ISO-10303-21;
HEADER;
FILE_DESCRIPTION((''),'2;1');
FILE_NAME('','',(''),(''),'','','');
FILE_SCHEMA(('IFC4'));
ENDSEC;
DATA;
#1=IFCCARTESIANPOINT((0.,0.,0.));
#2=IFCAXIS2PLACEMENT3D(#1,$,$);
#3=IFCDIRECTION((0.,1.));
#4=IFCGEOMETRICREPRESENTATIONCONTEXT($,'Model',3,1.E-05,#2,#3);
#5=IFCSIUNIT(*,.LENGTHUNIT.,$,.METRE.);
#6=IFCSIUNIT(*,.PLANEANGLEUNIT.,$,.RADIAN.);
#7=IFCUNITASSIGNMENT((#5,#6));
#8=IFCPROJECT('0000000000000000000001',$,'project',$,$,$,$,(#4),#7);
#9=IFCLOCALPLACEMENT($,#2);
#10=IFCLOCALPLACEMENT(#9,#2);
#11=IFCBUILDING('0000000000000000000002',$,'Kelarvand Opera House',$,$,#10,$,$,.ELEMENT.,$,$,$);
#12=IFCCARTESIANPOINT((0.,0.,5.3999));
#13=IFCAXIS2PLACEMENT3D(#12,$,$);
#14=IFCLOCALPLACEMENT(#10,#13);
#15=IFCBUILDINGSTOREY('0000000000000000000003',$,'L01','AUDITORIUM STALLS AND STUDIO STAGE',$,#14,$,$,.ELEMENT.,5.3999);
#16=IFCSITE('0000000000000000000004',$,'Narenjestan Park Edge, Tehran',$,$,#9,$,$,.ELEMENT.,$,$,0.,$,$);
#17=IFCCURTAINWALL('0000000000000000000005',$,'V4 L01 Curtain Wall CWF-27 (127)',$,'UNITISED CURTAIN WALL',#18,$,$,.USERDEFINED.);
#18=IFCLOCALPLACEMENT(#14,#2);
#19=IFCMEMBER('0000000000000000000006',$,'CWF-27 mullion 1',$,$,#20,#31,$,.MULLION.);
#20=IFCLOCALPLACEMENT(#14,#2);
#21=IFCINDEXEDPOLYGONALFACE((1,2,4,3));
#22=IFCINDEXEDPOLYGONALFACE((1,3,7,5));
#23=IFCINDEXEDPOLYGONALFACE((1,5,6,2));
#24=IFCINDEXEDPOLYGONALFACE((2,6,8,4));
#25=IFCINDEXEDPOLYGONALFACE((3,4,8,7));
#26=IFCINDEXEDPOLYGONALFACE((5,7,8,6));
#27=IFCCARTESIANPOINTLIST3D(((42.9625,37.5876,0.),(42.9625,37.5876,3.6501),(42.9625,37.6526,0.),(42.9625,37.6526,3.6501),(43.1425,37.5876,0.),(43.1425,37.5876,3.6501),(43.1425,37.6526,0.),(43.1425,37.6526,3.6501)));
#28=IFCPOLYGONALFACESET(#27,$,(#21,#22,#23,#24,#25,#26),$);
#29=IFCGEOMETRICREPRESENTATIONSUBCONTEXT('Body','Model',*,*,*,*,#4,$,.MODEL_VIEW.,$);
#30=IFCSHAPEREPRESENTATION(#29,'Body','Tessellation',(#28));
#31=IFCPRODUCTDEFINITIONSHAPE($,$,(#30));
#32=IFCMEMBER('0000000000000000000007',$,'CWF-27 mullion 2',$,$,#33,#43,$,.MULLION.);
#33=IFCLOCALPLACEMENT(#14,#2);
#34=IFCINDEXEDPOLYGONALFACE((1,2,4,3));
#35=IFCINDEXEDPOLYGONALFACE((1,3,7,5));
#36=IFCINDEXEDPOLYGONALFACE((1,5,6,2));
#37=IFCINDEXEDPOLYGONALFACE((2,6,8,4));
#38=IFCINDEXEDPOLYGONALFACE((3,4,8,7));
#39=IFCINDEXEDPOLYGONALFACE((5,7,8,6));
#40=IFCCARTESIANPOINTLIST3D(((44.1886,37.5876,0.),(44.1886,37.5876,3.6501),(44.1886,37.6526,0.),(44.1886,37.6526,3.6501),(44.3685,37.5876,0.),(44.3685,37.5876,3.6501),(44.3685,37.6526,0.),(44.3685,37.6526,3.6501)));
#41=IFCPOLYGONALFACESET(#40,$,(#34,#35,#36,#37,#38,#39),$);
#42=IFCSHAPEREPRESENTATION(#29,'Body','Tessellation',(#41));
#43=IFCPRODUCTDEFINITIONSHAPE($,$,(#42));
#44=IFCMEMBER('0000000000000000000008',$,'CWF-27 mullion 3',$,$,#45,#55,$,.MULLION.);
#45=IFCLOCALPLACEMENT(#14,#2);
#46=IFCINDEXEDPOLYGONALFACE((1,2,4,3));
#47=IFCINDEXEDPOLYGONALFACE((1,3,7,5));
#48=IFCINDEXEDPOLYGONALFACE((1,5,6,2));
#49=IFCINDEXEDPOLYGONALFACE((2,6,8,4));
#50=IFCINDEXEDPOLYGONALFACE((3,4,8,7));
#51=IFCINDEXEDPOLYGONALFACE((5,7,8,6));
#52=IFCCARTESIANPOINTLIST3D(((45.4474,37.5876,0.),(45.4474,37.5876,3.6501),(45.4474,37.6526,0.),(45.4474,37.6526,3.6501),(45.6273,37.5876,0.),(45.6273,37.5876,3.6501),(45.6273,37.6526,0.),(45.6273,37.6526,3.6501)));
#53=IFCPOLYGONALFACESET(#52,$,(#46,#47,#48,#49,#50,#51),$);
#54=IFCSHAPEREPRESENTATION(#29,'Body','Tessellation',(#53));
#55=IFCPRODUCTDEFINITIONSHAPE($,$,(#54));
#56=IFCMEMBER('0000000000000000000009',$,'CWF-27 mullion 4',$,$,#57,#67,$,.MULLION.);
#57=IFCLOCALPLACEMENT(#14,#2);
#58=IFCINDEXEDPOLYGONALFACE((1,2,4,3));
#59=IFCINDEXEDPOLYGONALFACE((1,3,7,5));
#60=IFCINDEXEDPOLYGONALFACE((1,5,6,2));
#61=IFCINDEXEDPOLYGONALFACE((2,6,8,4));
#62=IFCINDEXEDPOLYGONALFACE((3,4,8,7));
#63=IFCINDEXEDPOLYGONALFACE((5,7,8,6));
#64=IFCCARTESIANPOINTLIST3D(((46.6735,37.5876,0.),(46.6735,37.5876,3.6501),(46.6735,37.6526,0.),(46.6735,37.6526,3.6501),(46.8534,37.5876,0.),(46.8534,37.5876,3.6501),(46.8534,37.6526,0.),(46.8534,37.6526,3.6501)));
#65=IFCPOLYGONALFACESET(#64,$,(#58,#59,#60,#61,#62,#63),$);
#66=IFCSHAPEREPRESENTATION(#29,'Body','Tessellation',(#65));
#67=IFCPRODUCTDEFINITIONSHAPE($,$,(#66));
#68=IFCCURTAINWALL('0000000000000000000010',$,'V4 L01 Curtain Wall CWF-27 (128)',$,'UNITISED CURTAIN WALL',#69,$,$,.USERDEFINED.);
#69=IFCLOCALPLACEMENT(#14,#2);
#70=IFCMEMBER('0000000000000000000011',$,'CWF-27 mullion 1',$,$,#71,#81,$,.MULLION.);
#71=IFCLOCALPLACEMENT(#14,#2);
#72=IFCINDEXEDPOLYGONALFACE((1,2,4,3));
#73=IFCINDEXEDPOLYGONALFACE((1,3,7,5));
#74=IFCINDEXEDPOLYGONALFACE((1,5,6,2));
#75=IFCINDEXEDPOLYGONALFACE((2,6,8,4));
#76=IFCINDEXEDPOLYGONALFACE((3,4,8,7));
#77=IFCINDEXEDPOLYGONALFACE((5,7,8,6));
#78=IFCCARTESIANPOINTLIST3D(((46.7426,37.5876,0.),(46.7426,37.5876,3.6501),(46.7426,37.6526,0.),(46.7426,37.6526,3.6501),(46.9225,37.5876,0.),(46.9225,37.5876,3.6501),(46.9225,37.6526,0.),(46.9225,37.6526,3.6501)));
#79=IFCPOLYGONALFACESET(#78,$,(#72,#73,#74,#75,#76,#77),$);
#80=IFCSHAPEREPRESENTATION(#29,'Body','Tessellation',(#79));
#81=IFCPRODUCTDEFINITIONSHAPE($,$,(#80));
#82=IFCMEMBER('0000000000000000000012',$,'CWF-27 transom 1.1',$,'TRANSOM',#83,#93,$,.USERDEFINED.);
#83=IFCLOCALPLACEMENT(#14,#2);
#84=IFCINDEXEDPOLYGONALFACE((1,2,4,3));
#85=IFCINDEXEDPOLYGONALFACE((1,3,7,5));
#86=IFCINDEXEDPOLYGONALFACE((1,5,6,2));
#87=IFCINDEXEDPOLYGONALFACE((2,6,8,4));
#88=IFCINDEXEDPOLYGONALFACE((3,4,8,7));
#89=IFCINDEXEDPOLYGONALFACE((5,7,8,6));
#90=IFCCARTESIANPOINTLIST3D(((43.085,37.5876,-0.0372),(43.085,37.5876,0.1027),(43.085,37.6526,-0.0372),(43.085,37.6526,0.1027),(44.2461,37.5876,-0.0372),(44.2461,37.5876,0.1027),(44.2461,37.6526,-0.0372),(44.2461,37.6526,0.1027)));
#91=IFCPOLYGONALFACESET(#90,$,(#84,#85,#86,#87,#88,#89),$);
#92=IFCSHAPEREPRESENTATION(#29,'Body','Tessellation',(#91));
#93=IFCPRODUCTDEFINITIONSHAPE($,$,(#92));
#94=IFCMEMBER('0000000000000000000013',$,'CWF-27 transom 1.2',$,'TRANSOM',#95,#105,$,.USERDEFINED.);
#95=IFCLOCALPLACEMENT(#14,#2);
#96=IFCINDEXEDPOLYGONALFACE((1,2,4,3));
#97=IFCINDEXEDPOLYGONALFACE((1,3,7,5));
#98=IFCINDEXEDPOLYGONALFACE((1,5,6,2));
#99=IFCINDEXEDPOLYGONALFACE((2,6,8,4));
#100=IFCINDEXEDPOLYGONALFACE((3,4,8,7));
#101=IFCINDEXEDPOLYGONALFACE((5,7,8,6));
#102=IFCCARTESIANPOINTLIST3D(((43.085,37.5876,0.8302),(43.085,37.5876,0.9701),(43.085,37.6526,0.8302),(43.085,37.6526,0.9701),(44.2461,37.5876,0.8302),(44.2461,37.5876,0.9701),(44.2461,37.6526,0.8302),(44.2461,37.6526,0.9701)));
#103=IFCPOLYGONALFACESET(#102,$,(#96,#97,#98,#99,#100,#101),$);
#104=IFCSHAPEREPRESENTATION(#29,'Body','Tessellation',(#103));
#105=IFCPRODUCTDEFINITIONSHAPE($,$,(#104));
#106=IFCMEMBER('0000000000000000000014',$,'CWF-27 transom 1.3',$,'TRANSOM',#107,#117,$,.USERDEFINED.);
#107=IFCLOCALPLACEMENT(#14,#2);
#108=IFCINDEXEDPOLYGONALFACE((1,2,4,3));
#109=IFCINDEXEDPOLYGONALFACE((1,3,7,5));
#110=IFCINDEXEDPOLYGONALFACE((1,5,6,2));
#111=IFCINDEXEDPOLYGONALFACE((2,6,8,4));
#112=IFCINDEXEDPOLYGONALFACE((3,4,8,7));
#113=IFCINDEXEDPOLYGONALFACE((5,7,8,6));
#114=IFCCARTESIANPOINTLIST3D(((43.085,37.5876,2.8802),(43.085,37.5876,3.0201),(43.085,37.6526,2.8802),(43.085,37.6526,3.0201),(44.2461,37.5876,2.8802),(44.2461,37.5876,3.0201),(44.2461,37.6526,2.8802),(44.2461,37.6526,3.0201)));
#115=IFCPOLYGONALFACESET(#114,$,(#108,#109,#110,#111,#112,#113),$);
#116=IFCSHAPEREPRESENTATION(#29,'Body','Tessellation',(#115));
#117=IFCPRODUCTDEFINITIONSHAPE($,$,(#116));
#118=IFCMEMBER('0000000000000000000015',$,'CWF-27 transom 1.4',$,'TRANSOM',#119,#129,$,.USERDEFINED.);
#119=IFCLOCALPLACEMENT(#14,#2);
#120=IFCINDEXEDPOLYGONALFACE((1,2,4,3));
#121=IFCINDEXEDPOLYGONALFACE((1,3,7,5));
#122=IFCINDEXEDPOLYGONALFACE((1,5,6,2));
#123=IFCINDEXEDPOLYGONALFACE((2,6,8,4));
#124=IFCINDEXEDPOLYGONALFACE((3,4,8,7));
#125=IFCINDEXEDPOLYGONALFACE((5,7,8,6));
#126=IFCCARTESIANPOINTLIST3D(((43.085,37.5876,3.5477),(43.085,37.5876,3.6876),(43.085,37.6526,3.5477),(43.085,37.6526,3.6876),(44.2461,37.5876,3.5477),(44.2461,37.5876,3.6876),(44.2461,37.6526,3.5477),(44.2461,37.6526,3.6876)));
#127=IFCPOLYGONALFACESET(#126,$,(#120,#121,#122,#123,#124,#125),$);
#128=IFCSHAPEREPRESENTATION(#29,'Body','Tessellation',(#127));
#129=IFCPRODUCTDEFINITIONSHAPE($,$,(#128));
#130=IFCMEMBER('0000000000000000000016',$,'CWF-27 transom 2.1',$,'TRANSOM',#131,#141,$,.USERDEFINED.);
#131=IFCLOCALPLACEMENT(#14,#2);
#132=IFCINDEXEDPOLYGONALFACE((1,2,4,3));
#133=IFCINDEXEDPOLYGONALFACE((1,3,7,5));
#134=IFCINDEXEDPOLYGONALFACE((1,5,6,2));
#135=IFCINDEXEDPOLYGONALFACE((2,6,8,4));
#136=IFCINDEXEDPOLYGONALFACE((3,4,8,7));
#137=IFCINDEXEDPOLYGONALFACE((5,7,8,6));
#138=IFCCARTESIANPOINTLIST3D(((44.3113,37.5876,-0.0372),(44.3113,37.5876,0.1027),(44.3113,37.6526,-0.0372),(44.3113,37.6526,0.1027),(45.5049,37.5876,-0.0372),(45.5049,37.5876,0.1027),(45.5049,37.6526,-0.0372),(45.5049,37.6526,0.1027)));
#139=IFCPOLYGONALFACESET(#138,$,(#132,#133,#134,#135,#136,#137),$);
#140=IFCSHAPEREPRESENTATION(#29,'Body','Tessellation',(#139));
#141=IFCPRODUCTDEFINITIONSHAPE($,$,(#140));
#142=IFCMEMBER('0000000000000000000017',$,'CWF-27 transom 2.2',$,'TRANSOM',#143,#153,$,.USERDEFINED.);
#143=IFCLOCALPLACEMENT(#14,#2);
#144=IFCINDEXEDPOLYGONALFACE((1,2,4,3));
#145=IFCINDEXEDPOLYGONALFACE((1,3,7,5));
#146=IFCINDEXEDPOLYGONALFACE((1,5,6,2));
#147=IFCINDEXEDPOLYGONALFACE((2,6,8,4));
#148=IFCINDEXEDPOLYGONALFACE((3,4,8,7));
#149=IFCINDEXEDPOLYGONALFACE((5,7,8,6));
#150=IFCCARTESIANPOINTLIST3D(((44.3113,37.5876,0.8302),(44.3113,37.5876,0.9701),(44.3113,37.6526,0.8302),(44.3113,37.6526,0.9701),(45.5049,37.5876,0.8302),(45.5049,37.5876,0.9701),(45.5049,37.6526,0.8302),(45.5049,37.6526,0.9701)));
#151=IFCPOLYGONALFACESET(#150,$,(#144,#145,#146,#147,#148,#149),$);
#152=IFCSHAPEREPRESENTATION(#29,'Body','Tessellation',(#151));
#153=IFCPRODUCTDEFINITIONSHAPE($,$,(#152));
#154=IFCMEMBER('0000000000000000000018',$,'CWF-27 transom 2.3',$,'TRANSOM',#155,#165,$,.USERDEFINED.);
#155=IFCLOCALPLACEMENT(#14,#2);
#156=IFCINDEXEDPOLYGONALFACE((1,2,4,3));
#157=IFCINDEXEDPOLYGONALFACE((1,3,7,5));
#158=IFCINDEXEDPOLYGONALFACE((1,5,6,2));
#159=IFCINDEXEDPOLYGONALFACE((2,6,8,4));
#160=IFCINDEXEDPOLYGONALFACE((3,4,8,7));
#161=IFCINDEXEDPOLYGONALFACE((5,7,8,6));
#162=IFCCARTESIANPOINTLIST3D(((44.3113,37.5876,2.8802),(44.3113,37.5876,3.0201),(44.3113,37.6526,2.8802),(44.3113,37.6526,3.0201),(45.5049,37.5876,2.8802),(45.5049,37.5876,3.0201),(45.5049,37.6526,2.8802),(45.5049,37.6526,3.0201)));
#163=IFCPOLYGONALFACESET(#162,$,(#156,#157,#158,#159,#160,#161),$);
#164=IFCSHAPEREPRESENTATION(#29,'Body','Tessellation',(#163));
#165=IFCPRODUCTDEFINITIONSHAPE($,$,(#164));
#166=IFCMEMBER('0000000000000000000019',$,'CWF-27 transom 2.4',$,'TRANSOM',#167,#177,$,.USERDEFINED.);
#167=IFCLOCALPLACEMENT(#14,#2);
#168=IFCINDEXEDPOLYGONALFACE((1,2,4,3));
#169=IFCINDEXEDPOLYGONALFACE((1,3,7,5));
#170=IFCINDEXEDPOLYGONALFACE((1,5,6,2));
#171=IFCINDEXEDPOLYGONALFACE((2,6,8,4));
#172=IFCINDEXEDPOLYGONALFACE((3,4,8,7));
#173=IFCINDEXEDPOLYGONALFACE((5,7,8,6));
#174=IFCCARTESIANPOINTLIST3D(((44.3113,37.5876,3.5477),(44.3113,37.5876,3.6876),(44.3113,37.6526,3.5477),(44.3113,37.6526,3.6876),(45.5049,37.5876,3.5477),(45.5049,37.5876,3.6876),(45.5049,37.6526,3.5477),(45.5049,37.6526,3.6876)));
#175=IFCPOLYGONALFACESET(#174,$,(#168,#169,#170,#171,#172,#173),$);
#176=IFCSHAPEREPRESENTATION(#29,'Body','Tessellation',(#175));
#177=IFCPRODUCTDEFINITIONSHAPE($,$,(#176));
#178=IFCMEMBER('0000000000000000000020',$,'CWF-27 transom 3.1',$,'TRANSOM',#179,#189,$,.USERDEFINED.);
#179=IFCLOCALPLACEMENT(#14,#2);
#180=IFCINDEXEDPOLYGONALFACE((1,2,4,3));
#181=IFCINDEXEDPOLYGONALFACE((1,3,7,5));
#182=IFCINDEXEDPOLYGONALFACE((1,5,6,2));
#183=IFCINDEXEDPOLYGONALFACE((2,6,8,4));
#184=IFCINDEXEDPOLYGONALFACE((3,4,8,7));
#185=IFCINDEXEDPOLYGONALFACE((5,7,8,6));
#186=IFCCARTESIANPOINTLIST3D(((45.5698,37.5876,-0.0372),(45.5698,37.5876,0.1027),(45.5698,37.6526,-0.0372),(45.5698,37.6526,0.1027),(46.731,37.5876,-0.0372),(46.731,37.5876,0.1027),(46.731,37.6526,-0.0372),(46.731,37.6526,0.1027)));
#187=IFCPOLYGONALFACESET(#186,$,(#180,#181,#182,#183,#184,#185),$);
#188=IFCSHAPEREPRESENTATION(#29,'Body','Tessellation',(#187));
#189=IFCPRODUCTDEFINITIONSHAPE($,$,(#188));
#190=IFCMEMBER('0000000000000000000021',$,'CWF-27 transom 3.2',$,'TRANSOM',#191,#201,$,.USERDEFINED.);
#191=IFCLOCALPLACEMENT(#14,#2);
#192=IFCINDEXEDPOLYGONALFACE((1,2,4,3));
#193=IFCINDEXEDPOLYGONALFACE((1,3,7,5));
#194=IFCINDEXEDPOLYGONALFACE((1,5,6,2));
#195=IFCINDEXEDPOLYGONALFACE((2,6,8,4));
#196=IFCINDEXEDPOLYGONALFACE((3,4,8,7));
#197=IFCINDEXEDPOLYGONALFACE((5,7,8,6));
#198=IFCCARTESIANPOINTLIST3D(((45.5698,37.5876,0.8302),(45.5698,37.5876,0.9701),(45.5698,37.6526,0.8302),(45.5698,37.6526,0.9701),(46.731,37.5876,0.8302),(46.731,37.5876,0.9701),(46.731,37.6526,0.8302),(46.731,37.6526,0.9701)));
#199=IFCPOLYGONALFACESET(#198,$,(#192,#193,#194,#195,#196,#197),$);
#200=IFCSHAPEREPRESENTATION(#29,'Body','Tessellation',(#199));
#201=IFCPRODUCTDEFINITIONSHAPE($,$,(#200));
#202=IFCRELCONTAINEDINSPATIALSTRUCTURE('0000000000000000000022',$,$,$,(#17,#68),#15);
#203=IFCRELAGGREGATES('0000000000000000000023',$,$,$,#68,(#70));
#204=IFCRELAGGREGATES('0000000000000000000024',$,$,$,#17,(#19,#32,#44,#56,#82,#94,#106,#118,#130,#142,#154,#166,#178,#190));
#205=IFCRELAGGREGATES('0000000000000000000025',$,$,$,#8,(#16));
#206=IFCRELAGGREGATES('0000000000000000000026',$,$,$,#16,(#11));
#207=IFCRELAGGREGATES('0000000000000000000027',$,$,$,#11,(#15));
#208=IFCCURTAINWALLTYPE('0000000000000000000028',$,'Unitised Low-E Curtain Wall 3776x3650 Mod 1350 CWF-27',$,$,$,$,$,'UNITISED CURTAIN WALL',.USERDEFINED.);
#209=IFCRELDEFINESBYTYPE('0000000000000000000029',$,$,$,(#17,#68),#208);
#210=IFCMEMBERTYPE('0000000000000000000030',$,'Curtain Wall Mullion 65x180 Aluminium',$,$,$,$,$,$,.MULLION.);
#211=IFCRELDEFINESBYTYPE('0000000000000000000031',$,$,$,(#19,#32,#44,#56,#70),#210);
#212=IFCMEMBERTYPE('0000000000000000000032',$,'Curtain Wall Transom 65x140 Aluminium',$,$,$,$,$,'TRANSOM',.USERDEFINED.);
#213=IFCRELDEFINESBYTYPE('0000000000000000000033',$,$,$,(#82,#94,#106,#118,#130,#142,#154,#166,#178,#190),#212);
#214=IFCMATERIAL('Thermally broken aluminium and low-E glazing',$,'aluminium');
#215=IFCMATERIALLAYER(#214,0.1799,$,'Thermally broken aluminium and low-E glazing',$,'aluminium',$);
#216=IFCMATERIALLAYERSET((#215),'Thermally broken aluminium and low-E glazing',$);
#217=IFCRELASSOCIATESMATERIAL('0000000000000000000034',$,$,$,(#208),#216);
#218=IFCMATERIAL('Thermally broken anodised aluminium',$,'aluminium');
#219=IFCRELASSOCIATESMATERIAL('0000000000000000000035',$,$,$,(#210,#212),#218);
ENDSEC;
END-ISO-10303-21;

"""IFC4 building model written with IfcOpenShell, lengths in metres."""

from ifc_helpers import new_model, si_unit, direction, frame, origin, origin_2d, place, context, subcontext, project, spatial, rectangle, extrude, material, layer, layer_set, material_profile, profile_set, type_object, element, aggregate, save


model = new_model("IFC4")

# Units and contexts
model_context = context("Model", 3, precision=1e-05, world=origin(), true_north=direction((0.0, 1.0)))
body_context = subcontext(model_context, "Body", "Model", "MODEL_VIEW")
ifc_project = project(units=[si_unit("LENGTHUNIT", "METRE"), si_unit("PLANEANGLEUNIT", "RADIAN")], contexts=[model_context])

# Site, building, storey
site_placement = place(None, origin())
site = spatial("IfcSite", under=ifc_project, at=site_placement, Name="Narenjestan Park Edge, Tehran", CompositionType="ELEMENT", RefElevation=0.0)
building_placement = place(site_placement, origin())
building = spatial("IfcBuilding", under=site, at=building_placement, Name="Kelarvand Opera House", CompositionType="ELEMENT")
storey_placement = place(building_placement, frame((0.0, 0.0, 5.3999)))
storey = spatial("IfcBuildingStorey", under=building, at=storey_placement, Name="L01", Description="AUDITORIUM STALLS AND STUDIO STAGE", CompositionType="ELEMENT", Elevation=5.3999)

# Curtain wall, members
ifc_material_1 = material(Name="Thermally broken aluminium and low-E glazing", Category="aluminium")
ifc_layer_1 = layer(ifc_material_1, 0.1799, Name="Thermally broken aluminium and low-E glazing", Category="aluminium")
ifc_layer_set_1 = layer_set([ifc_layer_1], Name="Thermally broken aluminium and low-E glazing")
curtain_wall_type = type_object("IfcCurtainWallType", Name="Unitised Low-E Curtain Wall 3776x3650 Mod 1350 CWF-27", ElementType="UNITISED CURTAIN WALL", PredefinedType="USERDEFINED", material=ifc_layer_set_1)
curtain_wall_1_placement = place(storey_placement, origin())
curtain_wall_1 = element("IfcCurtainWall", 1, at=curtain_wall_1_placement, inside=storey, type_object=curtain_wall_type, Name="V4 L01 Curtain Wall CWF-27 (127)", ObjectType="UNITISED CURTAIN WALL", PredefinedType="USERDEFINED")
ifc_material_2 = material(Name="Thermally broken anodised aluminium", Category="aluminium")
ifc_material_profile_1 = material_profile(ifc_material_2, rectangle(XDim=0.0649, YDim=0.1799, at=origin_2d()), Name="ALU MULLION 65x180", Category="aluminium")
ifc_profile_set_1 = profile_set([ifc_material_profile_1], Name="Thermally broken anodised aluminium")
member_type_1 = type_object("IfcMemberType", Name="Curtain Wall Mullion 65x180 Aluminium", PredefinedType="MULLION", material=ifc_profile_set_1)
member_1_placement = place(storey_placement, frame((43.0525, 37.6201, 0.0), z_axis=(0.0, 0.0, 1.0), x_axis=(0.0, 1.0, 0.0)))
member_1 = element("IfcMember", 2, at=member_1_placement, type_object=member_type_1, Name="CWF-27 mullion 1", PredefinedType="MULLION", context=body_context, shape_type="SweptSolid", body=[
    extrude(rectangle(XDim=0.0649, YDim=0.1799, at=origin_2d()), origin(), (0.0, 0.0, 1.0), 3.6501),
])
member_2_placement = place(storey_placement, frame((44.2786, 37.6201, 0.0), z_axis=(0.0, 0.0, 1.0), x_axis=(0.0, 1.0, 0.0)))
member_2 = element("IfcMember", 3, at=member_2_placement, type_object=member_type_1, Name="CWF-27 mullion 2", PredefinedType="MULLION", context=body_context, shape_type="SweptSolid", body=[
    extrude(rectangle(XDim=0.0649, YDim=0.1799, at=origin_2d()), origin(), (0.0, 0.0, 1.0), 3.6501),
])
member_3_placement = place(storey_placement, frame((45.5374, 37.6201, 0.0), z_axis=(0.0, 0.0, 1.0), x_axis=(0.0, 1.0, 0.0)))
member_3 = element("IfcMember", 4, at=member_3_placement, type_object=member_type_1, Name="CWF-27 mullion 3", PredefinedType="MULLION", context=body_context, shape_type="SweptSolid", body=[
    extrude(rectangle(XDim=0.0649, YDim=0.1799, at=origin_2d()), origin(), (0.0, 0.0, 1.0), 3.6501),
])
member_4_placement = place(storey_placement, frame((46.7634, 37.6201, 0.0), z_axis=(0.0, 0.0, 1.0), x_axis=(0.0, 1.0, 0.0)))
member_4 = element("IfcMember", 5, at=member_4_placement, type_object=member_type_1, Name="CWF-27 mullion 4", PredefinedType="MULLION", context=body_context, shape_type="SweptSolid", body=[
    extrude(rectangle(XDim=0.0649, YDim=0.1799, at=origin_2d()), origin(), (0.0, 0.0, 1.0), 3.6501),
])

# Curtain wall, member
curtain_wall_2_placement = place(storey_placement, origin())
curtain_wall_2 = element("IfcCurtainWall", 6, at=curtain_wall_2_placement, inside=storey, type_object=curtain_wall_type, Name="V4 L01 Curtain Wall CWF-27 (128)", ObjectType="UNITISED CURTAIN WALL", PredefinedType="USERDEFINED")
member_5_placement = place(storey_placement, frame((46.8325, 37.6201, 0.0), z_axis=(0.0, 0.0, 1.0), x_axis=(0.0, 1.0, 0.0)))
member_5 = element("IfcMember", 7, at=member_5_placement, type_object=member_type_1, Name="CWF-27 mullion 1", PredefinedType="MULLION", context=body_context, shape_type="SweptSolid", body=[
    extrude(rectangle(XDim=0.0649, YDim=0.1799, at=origin_2d()), origin(), (0.0, 0.0, 1.0), 3.6501),
])

# Members
ifc_material_profile_2 = material_profile(ifc_material_2, rectangle(XDim=0.0649, YDim=0.1399, at=origin_2d()), Name="ALU TRANSOM 65x140", Category="aluminium")
ifc_profile_set_2 = profile_set([ifc_material_profile_2], Name="Thermally broken anodised aluminium")
member_type_2 = type_object("IfcMemberType", Name="Curtain Wall Transom 65x140 Aluminium", ElementType="TRANSOM", PredefinedType="USERDEFINED", material=ifc_profile_set_2)
member_6_placement = place(storey_placement, frame((43.085, 37.6201, 0.0327), z_axis=(1.0, 0.0, 0.0), x_axis=(0.0, 1.0, 0.0)))
member_6 = element("IfcMember", 8, at=member_6_placement, type_object=member_type_2, Name="CWF-27 transom 1.1", ObjectType="TRANSOM", PredefinedType="USERDEFINED", context=body_context, shape_type="SweptSolid", body=[
    extrude(rectangle(XDim=0.0649, YDim=0.1399, at=origin_2d()), origin(), (0.0, 0.0, 1.0), 1.1611),
])
member_7_placement = place(storey_placement, frame((43.085, 37.6201, 0.9001), z_axis=(1.0, 0.0, 0.0), x_axis=(0.0, 1.0, 0.0)))
member_7 = element("IfcMember", 9, at=member_7_placement, type_object=member_type_2, Name="CWF-27 transom 1.2", ObjectType="TRANSOM", PredefinedType="USERDEFINED", context=body_context, shape_type="SweptSolid", body=[
    extrude(rectangle(XDim=0.0649, YDim=0.1399, at=origin_2d()), origin(), (0.0, 0.0, 1.0), 1.1611),
])
member_8_placement = place(storey_placement, frame((43.085, 37.6201, 2.9502), z_axis=(1.0, 0.0, 0.0), x_axis=(0.0, 1.0, 0.0)))
member_8 = element("IfcMember", 10, at=member_8_placement, type_object=member_type_2, Name="CWF-27 transom 1.3", ObjectType="TRANSOM", PredefinedType="USERDEFINED", context=body_context, shape_type="SweptSolid", body=[
    extrude(rectangle(XDim=0.0649, YDim=0.1399, at=origin_2d()), origin(), (0.0, 0.0, 1.0), 1.1611),
])
member_9_placement = place(storey_placement, frame((43.085, 37.6201, 3.6177), z_axis=(1.0, 0.0, 0.0), x_axis=(0.0, 1.0, 0.0)))
member_9 = element("IfcMember", 11, at=member_9_placement, type_object=member_type_2, Name="CWF-27 transom 1.4", ObjectType="TRANSOM", PredefinedType="USERDEFINED", context=body_context, shape_type="SweptSolid", body=[
    extrude(rectangle(XDim=0.0649, YDim=0.1399, at=origin_2d()), origin(), (0.0, 0.0, 1.0), 1.1611),
])
member_10_placement = place(storey_placement, frame((44.3113, 37.6201, 0.0327), z_axis=(1.0, 0.0, 0.0), x_axis=(0.0, 1.0, 0.0)))
member_10 = element("IfcMember", 12, at=member_10_placement, type_object=member_type_2, Name="CWF-27 transom 2.1", ObjectType="TRANSOM", PredefinedType="USERDEFINED", context=body_context, shape_type="SweptSolid", body=[
    extrude(rectangle(XDim=0.0649, YDim=0.1399, at=origin_2d()), origin(), (0.0, 0.0, 1.0), 1.1936),
])
member_11_placement = place(storey_placement, frame((44.3113, 37.6201, 0.9001), z_axis=(1.0, 0.0, 0.0), x_axis=(0.0, 1.0, 0.0)))
member_11 = element("IfcMember", 13, at=member_11_placement, type_object=member_type_2, Name="CWF-27 transom 2.2", ObjectType="TRANSOM", PredefinedType="USERDEFINED", context=body_context, shape_type="SweptSolid", body=[
    extrude(rectangle(XDim=0.0649, YDim=0.1399, at=origin_2d()), origin(), (0.0, 0.0, 1.0), 1.1936),
])
member_12_placement = place(storey_placement, frame((44.3113, 37.6201, 2.9502), z_axis=(1.0, 0.0, 0.0), x_axis=(0.0, 1.0, 0.0)))
member_12 = element("IfcMember", 14, at=member_12_placement, type_object=member_type_2, Name="CWF-27 transom 2.3", ObjectType="TRANSOM", PredefinedType="USERDEFINED", context=body_context, shape_type="SweptSolid", body=[
    extrude(rectangle(XDim=0.0649, YDim=0.1399, at=origin_2d()), origin(), (0.0, 0.0, 1.0), 1.1936),
])
member_13_placement = place(storey_placement, frame((44.3113, 37.6201, 3.6177), z_axis=(1.0, 0.0, 0.0), x_axis=(0.0, 1.0, 0.0)))
member_13 = element("IfcMember", 15, at=member_13_placement, type_object=member_type_2, Name="CWF-27 transom 2.4", ObjectType="TRANSOM", PredefinedType="USERDEFINED", context=body_context, shape_type="SweptSolid", body=[
    extrude(rectangle(XDim=0.0649, YDim=0.1399, at=origin_2d()), origin(), (0.0, 0.0, 1.0), 1.1936),
])
member_14_placement = place(storey_placement, frame((45.5698, 37.6201, 0.0327), z_axis=(1.0, 0.0, 0.0), x_axis=(0.0, 1.0, 0.0)))
member_14 = element("IfcMember", 16, at=member_14_placement, type_object=member_type_2, Name="CWF-27 transom 3.1", ObjectType="TRANSOM", PredefinedType="USERDEFINED", context=body_context, shape_type="SweptSolid", body=[
    extrude(rectangle(XDim=0.0649, YDim=0.1399, at=origin_2d()), origin(), (0.0, 0.0, 1.0), 1.1611),
])
member_15_placement = place(storey_placement, frame((45.5698, 37.6201, 0.9001), z_axis=(1.0, 0.0, 0.0), x_axis=(0.0, 1.0, 0.0)))
member_15 = element("IfcMember", 17, at=member_15_placement, type_object=member_type_2, Name="CWF-27 transom 3.2", ObjectType="TRANSOM", PredefinedType="USERDEFINED", context=body_context, shape_type="SweptSolid", body=[
    extrude(rectangle(XDim=0.0649, YDim=0.1399, at=origin_2d()), origin(), (0.0, 0.0, 1.0), 1.1611),
])
aggregate(curtain_wall_2, [member_5])

aggregate(curtain_wall_1, [member_1, member_2, member_3, member_4, member_6, member_7, member_8, member_9, member_10, member_11, member_12, member_13, member_14, member_15])

save(model, "model.ifc")
